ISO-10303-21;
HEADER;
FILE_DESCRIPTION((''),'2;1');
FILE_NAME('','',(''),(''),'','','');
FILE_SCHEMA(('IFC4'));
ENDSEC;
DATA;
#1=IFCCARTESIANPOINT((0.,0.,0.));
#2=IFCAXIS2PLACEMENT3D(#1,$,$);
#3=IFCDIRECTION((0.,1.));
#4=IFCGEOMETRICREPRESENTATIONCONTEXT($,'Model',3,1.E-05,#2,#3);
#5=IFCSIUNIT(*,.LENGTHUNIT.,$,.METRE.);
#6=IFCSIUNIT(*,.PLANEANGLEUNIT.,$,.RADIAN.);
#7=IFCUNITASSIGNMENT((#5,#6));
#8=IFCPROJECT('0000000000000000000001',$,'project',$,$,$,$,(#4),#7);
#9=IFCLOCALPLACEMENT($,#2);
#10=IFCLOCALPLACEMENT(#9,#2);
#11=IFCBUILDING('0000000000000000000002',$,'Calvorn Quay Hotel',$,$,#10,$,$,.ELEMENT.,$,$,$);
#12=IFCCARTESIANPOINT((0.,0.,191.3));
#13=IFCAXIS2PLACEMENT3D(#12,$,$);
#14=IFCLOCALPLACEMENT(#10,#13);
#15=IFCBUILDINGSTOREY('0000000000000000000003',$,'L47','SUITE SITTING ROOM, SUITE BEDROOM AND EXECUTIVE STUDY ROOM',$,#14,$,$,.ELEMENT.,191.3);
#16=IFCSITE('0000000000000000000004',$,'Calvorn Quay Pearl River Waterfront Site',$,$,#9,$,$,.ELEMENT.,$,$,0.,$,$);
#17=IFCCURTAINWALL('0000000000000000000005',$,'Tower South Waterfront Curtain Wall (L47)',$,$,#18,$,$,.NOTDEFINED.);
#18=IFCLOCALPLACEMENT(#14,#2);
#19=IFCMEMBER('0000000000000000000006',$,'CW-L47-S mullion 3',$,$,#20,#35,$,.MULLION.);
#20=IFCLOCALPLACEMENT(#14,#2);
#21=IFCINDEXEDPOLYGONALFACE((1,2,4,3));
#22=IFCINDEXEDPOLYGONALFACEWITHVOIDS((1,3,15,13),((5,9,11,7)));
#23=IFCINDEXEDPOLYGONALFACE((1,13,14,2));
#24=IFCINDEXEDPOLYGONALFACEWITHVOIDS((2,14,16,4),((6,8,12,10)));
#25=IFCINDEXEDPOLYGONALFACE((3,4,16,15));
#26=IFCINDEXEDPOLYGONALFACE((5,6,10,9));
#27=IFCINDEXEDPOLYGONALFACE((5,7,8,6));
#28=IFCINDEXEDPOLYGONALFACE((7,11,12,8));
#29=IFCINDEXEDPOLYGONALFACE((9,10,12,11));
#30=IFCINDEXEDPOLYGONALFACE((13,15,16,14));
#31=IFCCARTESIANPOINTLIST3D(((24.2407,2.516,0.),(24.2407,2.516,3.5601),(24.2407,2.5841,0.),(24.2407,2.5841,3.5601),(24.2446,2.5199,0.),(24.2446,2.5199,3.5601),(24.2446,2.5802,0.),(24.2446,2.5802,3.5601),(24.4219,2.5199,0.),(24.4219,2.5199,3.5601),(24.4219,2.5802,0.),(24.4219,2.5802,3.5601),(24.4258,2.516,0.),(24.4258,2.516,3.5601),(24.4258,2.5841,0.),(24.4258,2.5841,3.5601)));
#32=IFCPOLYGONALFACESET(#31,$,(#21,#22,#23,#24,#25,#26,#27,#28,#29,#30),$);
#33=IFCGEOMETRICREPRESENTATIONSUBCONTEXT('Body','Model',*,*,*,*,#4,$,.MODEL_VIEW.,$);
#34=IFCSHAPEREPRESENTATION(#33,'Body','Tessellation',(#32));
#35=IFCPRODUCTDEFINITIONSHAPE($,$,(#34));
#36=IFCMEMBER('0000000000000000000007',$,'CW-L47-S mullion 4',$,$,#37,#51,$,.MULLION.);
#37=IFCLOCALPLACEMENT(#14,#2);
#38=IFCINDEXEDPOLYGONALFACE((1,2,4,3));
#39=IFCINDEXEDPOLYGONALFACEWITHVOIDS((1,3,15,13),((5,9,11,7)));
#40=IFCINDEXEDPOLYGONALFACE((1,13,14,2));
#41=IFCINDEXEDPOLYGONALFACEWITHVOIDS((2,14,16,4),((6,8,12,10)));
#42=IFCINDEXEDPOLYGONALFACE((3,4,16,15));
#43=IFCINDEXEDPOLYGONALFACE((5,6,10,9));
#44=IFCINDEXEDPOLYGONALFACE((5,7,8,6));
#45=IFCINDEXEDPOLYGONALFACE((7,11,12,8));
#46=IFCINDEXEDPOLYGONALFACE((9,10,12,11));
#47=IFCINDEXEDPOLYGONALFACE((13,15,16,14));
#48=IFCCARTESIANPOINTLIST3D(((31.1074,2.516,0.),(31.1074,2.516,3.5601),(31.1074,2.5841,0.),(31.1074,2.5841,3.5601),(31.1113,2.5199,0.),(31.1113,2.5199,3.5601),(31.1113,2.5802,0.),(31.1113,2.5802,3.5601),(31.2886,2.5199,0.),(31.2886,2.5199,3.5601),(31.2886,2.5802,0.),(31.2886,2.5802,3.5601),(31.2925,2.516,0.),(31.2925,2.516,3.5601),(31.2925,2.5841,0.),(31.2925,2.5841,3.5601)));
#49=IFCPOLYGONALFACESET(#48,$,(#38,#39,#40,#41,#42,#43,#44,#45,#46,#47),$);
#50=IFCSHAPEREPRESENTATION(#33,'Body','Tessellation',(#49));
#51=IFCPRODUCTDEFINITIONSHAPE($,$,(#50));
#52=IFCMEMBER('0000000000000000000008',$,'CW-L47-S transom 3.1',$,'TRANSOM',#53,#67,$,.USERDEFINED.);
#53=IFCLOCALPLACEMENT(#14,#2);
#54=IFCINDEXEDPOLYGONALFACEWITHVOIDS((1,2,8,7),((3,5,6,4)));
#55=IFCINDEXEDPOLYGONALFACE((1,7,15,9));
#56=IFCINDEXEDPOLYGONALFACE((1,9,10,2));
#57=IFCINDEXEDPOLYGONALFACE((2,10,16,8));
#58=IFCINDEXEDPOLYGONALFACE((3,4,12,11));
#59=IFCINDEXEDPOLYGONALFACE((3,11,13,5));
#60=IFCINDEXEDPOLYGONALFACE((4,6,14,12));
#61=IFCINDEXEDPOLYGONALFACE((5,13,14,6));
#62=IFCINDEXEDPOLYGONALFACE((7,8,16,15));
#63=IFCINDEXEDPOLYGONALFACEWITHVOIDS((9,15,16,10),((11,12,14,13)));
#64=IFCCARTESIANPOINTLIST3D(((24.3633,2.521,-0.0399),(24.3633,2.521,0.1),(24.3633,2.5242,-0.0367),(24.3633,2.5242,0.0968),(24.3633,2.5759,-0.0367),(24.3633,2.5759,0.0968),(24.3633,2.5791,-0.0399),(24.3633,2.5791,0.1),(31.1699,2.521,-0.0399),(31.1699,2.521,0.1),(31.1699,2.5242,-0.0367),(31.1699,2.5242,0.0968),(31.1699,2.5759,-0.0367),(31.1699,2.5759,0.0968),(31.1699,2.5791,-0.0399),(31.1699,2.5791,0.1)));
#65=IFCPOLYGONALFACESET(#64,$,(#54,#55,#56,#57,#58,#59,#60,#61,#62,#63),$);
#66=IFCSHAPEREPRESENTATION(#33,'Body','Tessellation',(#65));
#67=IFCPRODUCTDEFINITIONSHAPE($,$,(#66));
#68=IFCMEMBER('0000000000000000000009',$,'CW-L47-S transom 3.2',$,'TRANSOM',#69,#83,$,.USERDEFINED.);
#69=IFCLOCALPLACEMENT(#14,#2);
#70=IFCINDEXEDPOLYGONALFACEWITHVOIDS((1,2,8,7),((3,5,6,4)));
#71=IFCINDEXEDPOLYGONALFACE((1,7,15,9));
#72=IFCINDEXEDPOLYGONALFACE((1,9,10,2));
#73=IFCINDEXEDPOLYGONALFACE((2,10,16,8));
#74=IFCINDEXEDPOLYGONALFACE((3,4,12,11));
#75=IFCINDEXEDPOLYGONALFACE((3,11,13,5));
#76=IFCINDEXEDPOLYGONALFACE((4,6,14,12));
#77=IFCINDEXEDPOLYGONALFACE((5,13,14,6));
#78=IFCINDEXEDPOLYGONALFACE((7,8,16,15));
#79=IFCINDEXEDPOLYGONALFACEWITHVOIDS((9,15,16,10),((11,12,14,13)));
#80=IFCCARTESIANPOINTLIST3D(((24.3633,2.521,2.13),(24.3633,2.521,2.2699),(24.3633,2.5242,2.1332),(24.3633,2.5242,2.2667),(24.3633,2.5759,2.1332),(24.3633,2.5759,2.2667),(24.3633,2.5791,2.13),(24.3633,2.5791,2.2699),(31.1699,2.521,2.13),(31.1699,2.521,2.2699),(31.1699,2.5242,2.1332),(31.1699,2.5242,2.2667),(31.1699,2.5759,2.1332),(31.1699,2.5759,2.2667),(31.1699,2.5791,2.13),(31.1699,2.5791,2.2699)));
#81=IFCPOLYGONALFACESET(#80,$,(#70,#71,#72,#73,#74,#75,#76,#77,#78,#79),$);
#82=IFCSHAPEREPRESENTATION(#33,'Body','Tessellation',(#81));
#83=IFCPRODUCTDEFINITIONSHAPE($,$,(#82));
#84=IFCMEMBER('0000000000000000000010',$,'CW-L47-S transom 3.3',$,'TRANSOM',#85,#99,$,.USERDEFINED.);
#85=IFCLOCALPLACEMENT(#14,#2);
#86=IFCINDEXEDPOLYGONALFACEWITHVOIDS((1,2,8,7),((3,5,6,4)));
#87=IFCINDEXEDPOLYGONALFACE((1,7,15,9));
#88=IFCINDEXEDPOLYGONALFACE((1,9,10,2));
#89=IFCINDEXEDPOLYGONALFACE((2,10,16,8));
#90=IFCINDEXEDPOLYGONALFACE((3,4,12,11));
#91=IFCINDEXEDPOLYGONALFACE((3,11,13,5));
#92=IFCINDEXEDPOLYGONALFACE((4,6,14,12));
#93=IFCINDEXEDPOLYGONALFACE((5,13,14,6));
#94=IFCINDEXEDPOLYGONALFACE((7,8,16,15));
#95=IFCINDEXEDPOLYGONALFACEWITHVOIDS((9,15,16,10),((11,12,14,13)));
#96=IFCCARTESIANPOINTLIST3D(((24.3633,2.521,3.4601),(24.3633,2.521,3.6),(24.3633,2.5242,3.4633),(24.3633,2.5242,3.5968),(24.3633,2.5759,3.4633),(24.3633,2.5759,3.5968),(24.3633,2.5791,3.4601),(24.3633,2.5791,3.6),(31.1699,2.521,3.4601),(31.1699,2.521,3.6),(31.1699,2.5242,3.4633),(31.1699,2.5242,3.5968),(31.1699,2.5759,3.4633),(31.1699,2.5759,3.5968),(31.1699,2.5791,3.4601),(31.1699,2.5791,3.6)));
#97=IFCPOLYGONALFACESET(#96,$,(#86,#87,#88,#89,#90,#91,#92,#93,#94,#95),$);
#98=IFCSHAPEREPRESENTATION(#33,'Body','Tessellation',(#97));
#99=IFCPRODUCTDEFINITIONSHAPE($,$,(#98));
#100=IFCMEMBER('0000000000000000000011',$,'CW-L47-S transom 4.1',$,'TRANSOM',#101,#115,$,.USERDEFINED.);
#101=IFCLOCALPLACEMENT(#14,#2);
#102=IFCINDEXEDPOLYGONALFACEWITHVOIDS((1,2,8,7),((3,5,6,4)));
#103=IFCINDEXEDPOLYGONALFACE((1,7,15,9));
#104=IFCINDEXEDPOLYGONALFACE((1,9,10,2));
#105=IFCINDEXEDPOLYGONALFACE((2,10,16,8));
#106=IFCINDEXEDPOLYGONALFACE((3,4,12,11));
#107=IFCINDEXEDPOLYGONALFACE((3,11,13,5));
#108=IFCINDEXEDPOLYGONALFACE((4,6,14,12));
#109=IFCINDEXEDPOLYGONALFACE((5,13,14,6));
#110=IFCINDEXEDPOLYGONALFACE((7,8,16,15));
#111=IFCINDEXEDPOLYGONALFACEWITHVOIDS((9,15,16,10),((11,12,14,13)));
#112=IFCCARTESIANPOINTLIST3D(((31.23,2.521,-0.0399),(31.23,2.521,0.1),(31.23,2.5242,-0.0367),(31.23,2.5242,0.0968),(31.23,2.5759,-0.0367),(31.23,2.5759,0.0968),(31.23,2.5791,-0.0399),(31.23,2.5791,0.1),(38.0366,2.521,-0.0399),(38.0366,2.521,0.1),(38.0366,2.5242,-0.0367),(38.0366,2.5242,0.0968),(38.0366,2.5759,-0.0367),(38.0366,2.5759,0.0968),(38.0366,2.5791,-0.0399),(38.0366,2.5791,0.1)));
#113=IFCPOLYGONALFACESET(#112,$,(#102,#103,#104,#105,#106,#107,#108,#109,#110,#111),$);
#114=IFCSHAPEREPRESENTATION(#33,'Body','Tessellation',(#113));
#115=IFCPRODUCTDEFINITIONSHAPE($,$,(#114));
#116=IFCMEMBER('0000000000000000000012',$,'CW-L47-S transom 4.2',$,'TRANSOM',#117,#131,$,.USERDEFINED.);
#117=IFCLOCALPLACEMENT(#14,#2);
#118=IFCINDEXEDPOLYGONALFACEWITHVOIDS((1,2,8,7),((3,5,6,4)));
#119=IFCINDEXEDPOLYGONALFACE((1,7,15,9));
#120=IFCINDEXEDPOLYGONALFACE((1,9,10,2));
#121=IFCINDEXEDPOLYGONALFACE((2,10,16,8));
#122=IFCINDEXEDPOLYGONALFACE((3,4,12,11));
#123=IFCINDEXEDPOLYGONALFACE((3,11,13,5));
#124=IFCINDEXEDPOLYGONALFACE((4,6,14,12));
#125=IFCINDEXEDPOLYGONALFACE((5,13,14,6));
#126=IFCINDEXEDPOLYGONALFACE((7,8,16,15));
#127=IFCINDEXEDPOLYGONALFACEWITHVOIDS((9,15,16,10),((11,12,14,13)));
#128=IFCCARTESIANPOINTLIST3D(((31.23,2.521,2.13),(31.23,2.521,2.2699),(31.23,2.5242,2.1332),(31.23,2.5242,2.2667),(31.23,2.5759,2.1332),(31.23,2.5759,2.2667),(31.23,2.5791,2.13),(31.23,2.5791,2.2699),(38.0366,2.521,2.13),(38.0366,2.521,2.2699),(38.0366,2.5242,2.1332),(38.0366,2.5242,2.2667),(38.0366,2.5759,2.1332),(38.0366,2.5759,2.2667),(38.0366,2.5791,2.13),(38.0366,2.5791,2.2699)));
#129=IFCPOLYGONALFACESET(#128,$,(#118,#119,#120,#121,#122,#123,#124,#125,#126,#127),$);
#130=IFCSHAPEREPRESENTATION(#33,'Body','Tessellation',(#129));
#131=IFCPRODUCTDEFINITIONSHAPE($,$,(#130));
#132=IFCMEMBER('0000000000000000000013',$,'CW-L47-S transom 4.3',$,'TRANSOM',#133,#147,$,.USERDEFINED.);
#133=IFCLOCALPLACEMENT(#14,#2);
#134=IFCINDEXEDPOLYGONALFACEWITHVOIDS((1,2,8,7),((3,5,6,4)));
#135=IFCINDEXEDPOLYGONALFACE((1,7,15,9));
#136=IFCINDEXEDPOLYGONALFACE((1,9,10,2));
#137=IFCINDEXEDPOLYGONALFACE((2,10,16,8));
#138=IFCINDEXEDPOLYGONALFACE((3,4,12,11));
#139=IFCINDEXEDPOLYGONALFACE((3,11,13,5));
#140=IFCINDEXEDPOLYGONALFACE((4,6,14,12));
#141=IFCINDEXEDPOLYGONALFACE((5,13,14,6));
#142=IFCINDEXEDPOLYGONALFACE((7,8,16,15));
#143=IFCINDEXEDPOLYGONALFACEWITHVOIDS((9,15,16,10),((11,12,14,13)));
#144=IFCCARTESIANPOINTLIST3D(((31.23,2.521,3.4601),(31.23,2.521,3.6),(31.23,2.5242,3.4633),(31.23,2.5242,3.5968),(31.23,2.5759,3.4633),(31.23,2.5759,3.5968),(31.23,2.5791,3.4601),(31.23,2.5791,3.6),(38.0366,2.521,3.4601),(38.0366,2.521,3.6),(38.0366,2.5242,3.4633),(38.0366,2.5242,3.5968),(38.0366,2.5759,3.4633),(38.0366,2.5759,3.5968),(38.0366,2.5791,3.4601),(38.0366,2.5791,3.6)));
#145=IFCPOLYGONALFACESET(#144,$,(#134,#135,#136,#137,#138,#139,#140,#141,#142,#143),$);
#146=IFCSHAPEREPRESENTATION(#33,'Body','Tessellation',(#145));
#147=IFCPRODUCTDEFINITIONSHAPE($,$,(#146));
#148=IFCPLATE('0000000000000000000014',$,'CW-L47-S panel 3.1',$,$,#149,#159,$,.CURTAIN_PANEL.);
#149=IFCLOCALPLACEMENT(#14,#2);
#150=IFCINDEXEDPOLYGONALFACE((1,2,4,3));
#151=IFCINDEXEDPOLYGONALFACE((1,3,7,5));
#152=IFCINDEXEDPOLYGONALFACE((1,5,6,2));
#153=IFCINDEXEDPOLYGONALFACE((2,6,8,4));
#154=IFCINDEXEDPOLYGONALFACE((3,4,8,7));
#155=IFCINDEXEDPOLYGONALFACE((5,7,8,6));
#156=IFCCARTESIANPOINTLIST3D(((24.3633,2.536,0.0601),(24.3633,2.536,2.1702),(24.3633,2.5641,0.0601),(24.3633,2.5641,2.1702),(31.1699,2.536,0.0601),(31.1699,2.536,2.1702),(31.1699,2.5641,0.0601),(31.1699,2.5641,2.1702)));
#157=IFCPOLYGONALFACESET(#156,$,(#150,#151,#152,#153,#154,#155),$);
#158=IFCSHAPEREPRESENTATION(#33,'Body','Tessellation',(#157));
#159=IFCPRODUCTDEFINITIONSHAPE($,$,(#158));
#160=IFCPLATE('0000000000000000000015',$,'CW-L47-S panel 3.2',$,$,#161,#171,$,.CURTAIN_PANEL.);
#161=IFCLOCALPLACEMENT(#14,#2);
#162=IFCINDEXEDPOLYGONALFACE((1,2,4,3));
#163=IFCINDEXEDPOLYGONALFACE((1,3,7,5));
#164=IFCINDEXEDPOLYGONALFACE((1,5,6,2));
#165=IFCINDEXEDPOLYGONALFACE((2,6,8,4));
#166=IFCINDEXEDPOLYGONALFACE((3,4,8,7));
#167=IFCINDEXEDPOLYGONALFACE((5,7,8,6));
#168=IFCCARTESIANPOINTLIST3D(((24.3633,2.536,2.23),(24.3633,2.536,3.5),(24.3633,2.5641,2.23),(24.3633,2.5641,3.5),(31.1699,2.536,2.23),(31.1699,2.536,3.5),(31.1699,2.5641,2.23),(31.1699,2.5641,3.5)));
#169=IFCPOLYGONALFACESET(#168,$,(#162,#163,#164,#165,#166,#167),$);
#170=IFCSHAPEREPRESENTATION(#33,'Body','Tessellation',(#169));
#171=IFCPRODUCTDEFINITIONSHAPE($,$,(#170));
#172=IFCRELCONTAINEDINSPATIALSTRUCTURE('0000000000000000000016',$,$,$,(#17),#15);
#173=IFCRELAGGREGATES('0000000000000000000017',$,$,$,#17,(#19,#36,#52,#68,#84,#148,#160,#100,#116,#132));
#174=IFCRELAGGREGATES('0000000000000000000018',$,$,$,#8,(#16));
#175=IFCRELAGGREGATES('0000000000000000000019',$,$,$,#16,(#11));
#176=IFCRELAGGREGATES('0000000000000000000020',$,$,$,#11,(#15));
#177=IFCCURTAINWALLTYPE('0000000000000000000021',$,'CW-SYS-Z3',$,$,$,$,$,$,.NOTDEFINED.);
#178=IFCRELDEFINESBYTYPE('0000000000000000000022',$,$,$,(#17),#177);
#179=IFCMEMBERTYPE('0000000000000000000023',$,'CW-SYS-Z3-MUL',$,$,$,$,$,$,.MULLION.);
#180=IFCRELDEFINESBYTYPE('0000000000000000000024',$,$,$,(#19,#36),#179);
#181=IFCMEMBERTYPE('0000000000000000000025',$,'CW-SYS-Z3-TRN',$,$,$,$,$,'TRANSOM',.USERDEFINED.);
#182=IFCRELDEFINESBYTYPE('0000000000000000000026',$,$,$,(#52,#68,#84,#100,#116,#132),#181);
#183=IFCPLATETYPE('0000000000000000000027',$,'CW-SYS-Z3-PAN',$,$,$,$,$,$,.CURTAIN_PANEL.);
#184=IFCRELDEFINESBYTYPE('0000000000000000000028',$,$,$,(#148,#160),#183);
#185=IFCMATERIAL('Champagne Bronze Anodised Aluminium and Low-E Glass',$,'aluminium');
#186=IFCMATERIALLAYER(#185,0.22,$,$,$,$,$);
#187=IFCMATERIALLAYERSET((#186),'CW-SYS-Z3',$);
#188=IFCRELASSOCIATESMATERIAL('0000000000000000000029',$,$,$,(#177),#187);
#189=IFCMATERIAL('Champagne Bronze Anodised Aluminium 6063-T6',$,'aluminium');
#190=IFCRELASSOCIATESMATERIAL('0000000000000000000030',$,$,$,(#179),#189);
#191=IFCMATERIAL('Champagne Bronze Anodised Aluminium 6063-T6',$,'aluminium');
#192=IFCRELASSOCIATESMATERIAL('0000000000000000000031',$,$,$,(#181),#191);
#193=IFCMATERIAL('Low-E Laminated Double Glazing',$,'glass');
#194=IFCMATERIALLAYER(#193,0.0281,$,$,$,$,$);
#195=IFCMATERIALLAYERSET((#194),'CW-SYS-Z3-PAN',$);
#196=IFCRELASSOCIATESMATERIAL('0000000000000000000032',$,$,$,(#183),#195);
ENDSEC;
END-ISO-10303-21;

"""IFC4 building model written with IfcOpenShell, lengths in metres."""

from ifc_helpers import new_model, si_unit, direction, frame, origin, origin_2d, place, context, subcontext, project, spatial, rectangle, hollow_rectangle, extrude, material, layer, layer_set, material_profile, profile_set, type_object, element, aggregate, save


model = new_model("IFC4")

# Units and contexts
model_context = context("Model", 3, precision=1e-05, world=origin(), true_north=direction((0.0, 1.0)))
body_context = subcontext(model_context, "Body", "Model", "MODEL_VIEW")
ifc_project = project(units=[si_unit("LENGTHUNIT", "METRE"), si_unit("PLANEANGLEUNIT", "RADIAN")], contexts=[model_context])

# Site, building, storey
site_placement = place(None, origin())
site = spatial("IfcSite", under=ifc_project, at=site_placement, Name="Calvorn Quay Pearl River Waterfront Site", CompositionType="ELEMENT", RefElevation=0.0)
building_placement = place(site_placement, origin())
building = spatial("IfcBuilding", under=site, at=building_placement, Name="Calvorn Quay Hotel", CompositionType="ELEMENT")
storey_placement = place(building_placement, frame((0.0, 0.0, 191.3)))
storey = spatial("IfcBuildingStorey", under=building, at=storey_placement, Name="L47", Description="SUITE SITTING ROOM, SUITE BEDROOM AND EXECUTIVE STUDY ROOM", CompositionType="ELEMENT", Elevation=191.3)

# Curtain wall, members, plates
ifc_material_1 = material(Name="Champagne Bronze Anodised Aluminium and Low-E Glass", Category="aluminium")
ifc_layer_1 = layer(ifc_material_1, 0.22)
ifc_layer_set_1 = layer_set([ifc_layer_1], Name="CW-SYS-Z3")
curtain_wall_type = type_object("IfcCurtainWallType", Name="CW-SYS-Z3", PredefinedType="NOTDEFINED", material=ifc_layer_set_1)
curtain_wall_placement = place(storey_placement, origin())
curtain_wall = element("IfcCurtainWall", 1, at=curtain_wall_placement, inside=storey, type_object=curtain_wall_type, Name="Tower South Waterfront Curtain Wall (L47)", PredefinedType="NOTDEFINED")
ifc_material_2 = material(Name="Champagne Bronze Anodised Aluminium 6063-T6", Category="aluminium")
ifc_material_profile_1 = material_profile(ifc_material_2, hollow_rectangle(XDim=0.0681, YDim=0.1851, WallThickness=0.0039, at=origin_2d()), Name="ALU-M185x68x4")
ifc_profile_set_1 = profile_set([ifc_material_profile_1], Name="Champagne Bronze Anodised Aluminium 6063-T6")
member_type_1 = type_object("IfcMemberType", Name="CW-SYS-Z3-MUL", PredefinedType="MULLION", material=ifc_profile_set_1)
member_1_placement = place(storey_placement, frame((24.3333, 2.55, 0.0), z_axis=(0.0, 0.0, 1.0), x_axis=(0.0, 1.0, 0.0)))
member_1 = element("IfcMember", 2, at=member_1_placement, type_object=member_type_1, Name="CW-L47-S mullion 3", PredefinedType="MULLION", context=body_context, shape_type="SweptSolid", body=[
    extrude(hollow_rectangle(XDim=0.0681, YDim=0.1851, WallThickness=0.0039, at=origin_2d()), origin(), (0.0, 0.0, 1.0), 3.5601),
])
member_2_placement = place(storey_placement, frame((31.2, 2.55, 0.0), z_axis=(0.0, 0.0, 1.0), x_axis=(0.0, 1.0, 0.0)))
member_2 = element("IfcMember", 3, at=member_2_placement, type_object=member_type_1, Name="CW-L47-S mullion 4", PredefinedType="MULLION", context=body_context, shape_type="SweptSolid", body=[
    extrude(hollow_rectangle(XDim=0.0681, YDim=0.1851, WallThickness=0.0039, at=origin_2d()), origin(), (0.0, 0.0, 1.0), 3.5601),
])
ifc_material_3 = material(Name="Champagne Bronze Anodised Aluminium 6063-T6", Category="aluminium")
ifc_material_profile_2 = material_profile(ifc_material_3, hollow_rectangle(XDim=0.0581, YDim=0.1399, WallThickness=0.0032, at=origin_2d()), Name="ALU-T140x58x3.2")
ifc_profile_set_2 = profile_set([ifc_material_profile_2], Name="Champagne Bronze Anodised Aluminium 6063-T6")
member_type_2 = type_object("IfcMemberType", Name="CW-SYS-Z3-TRN", ElementType="TRANSOM", PredefinedType="USERDEFINED", material=ifc_profile_set_2)
member_3_placement = place(storey_placement, frame((24.3633, 2.55, 0.03), z_axis=(1.0, 0.0, 0.0), x_axis=(0.0, 1.0, 0.0)))
member_3 = element("IfcMember", 4, at=member_3_placement, type_object=member_type_2, Name="CW-L47-S transom 3.1", ObjectType="TRANSOM", PredefinedType="USERDEFINED", context=body_context, shape_type="SweptSolid", body=[
    extrude(hollow_rectangle(XDim=0.0581, YDim=0.1399, WallThickness=0.0032, at=origin_2d()), origin(), (0.0, 0.0, 1.0), 6.8066),
])
member_4_placement = place(storey_placement, frame((24.3633, 2.55, 2.2), z_axis=(1.0, 0.0, 0.0), x_axis=(0.0, 1.0, 0.0)))
member_4 = element("IfcMember", 5, at=member_4_placement, type_object=member_type_2, Name="CW-L47-S transom 3.2", ObjectType="TRANSOM", PredefinedType="USERDEFINED", context=body_context, shape_type="SweptSolid", body=[
    extrude(hollow_rectangle(XDim=0.0581, YDim=0.1399, WallThickness=0.0032, at=origin_2d()), origin(), (0.0, 0.0, 1.0), 6.8066),
])
member_5_placement = place(storey_placement, frame((24.3633, 2.55, 3.53), z_axis=(1.0, 0.0, 0.0), x_axis=(0.0, 1.0, 0.0)))
member_5 = element("IfcMember", 6, at=member_5_placement, type_object=member_type_2, Name="CW-L47-S transom 3.3", ObjectType="TRANSOM", PredefinedType="USERDEFINED", context=body_context, shape_type="SweptSolid", body=[
    extrude(hollow_rectangle(XDim=0.0581, YDim=0.1399, WallThickness=0.0032, at=origin_2d()), origin(), (0.0, 0.0, 1.0), 6.8066),
])
member_6_placement = place(storey_placement, frame((31.23, 2.55, 0.03), z_axis=(1.0, 0.0, 0.0), x_axis=(0.0, 1.0, 0.0)))
member_6 = element("IfcMember", 7, at=member_6_placement, type_object=member_type_2, Name="CW-L47-S transom 4.1", ObjectType="TRANSOM", PredefinedType="USERDEFINED", context=body_context, shape_type="SweptSolid", body=[
    extrude(hollow_rectangle(XDim=0.0581, YDim=0.1399, WallThickness=0.0032, at=origin_2d()), origin(), (0.0, 0.0, 1.0), 6.8066),
])
member_7_placement = place(storey_placement, frame((31.23, 2.55, 2.2), z_axis=(1.0, 0.0, 0.0), x_axis=(0.0, 1.0, 0.0)))
member_7 = element("IfcMember", 8, at=member_7_placement, type_object=member_type_2, Name="CW-L47-S transom 4.2", ObjectType="TRANSOM", PredefinedType="USERDEFINED", context=body_context, shape_type="SweptSolid", body=[
    extrude(hollow_rectangle(XDim=0.0581, YDim=0.1399, WallThickness=0.0032, at=origin_2d()), origin(), (0.0, 0.0, 1.0), 6.8066),
])
member_8_placement = place(storey_placement, frame((31.23, 2.55, 3.53), z_axis=(1.0, 0.0, 0.0), x_axis=(0.0, 1.0, 0.0)))
member_8 = element("IfcMember", 9, at=member_8_placement, type_object=member_type_2, Name="CW-L47-S transom 4.3", ObjectType="TRANSOM", PredefinedType="USERDEFINED", context=body_context, shape_type="SweptSolid", body=[
    extrude(hollow_rectangle(XDim=0.0581, YDim=0.1399, WallThickness=0.0032, at=origin_2d()), origin(), (0.0, 0.0, 1.0), 6.8066),
])
ifc_material_4 = material(Name="Low-E Laminated Double Glazing", Category="glass")
ifc_layer_2 = layer(ifc_material_4, 0.0281)
ifc_layer_set_2 = layer_set([ifc_layer_2], Name="CW-SYS-Z3-PAN")
plate_type = type_object("IfcPlateType", Name="CW-SYS-Z3-PAN", PredefinedType="CURTAIN_PANEL", material=ifc_layer_set_2)
plate_1_placement = place(storey_placement, frame((27.7666, 2.55, 0.0601), z_axis=(0.0, 0.0, 1.0), x_axis=(1.0, 0.0, 0.0)))
plate_1 = element("IfcPlate", 10, at=plate_1_placement, type_object=plate_type, Name="CW-L47-S panel 3.1", PredefinedType="CURTAIN_PANEL", context=body_context, shape_type="SweptSolid", body=[
    extrude(rectangle(XDim=6.8066, YDim=0.0281, at=origin_2d()), origin(), (0.0, 0.0, 1.0), 2.1101),
])
plate_2_placement = place(storey_placement, frame((27.7666, 2.55, 2.23), z_axis=(0.0, 0.0, 1.0), x_axis=(1.0, 0.0, 0.0)))
plate_2 = element("IfcPlate", 11, at=plate_2_placement, type_object=plate_type, Name="CW-L47-S panel 3.2", PredefinedType="CURTAIN_PANEL", context=body_context, shape_type="SweptSolid", body=[
    extrude(rectangle(XDim=6.8066, YDim=0.0281, at=origin_2d()), origin(), (0.0, 0.0, 1.0), 1.27),
])
aggregate(curtain_wall, [member_1, member_2, member_3, member_4, member_5, plate_1, plate_2, member_6, member_7, member_8])

save(model, "model.ifc")
